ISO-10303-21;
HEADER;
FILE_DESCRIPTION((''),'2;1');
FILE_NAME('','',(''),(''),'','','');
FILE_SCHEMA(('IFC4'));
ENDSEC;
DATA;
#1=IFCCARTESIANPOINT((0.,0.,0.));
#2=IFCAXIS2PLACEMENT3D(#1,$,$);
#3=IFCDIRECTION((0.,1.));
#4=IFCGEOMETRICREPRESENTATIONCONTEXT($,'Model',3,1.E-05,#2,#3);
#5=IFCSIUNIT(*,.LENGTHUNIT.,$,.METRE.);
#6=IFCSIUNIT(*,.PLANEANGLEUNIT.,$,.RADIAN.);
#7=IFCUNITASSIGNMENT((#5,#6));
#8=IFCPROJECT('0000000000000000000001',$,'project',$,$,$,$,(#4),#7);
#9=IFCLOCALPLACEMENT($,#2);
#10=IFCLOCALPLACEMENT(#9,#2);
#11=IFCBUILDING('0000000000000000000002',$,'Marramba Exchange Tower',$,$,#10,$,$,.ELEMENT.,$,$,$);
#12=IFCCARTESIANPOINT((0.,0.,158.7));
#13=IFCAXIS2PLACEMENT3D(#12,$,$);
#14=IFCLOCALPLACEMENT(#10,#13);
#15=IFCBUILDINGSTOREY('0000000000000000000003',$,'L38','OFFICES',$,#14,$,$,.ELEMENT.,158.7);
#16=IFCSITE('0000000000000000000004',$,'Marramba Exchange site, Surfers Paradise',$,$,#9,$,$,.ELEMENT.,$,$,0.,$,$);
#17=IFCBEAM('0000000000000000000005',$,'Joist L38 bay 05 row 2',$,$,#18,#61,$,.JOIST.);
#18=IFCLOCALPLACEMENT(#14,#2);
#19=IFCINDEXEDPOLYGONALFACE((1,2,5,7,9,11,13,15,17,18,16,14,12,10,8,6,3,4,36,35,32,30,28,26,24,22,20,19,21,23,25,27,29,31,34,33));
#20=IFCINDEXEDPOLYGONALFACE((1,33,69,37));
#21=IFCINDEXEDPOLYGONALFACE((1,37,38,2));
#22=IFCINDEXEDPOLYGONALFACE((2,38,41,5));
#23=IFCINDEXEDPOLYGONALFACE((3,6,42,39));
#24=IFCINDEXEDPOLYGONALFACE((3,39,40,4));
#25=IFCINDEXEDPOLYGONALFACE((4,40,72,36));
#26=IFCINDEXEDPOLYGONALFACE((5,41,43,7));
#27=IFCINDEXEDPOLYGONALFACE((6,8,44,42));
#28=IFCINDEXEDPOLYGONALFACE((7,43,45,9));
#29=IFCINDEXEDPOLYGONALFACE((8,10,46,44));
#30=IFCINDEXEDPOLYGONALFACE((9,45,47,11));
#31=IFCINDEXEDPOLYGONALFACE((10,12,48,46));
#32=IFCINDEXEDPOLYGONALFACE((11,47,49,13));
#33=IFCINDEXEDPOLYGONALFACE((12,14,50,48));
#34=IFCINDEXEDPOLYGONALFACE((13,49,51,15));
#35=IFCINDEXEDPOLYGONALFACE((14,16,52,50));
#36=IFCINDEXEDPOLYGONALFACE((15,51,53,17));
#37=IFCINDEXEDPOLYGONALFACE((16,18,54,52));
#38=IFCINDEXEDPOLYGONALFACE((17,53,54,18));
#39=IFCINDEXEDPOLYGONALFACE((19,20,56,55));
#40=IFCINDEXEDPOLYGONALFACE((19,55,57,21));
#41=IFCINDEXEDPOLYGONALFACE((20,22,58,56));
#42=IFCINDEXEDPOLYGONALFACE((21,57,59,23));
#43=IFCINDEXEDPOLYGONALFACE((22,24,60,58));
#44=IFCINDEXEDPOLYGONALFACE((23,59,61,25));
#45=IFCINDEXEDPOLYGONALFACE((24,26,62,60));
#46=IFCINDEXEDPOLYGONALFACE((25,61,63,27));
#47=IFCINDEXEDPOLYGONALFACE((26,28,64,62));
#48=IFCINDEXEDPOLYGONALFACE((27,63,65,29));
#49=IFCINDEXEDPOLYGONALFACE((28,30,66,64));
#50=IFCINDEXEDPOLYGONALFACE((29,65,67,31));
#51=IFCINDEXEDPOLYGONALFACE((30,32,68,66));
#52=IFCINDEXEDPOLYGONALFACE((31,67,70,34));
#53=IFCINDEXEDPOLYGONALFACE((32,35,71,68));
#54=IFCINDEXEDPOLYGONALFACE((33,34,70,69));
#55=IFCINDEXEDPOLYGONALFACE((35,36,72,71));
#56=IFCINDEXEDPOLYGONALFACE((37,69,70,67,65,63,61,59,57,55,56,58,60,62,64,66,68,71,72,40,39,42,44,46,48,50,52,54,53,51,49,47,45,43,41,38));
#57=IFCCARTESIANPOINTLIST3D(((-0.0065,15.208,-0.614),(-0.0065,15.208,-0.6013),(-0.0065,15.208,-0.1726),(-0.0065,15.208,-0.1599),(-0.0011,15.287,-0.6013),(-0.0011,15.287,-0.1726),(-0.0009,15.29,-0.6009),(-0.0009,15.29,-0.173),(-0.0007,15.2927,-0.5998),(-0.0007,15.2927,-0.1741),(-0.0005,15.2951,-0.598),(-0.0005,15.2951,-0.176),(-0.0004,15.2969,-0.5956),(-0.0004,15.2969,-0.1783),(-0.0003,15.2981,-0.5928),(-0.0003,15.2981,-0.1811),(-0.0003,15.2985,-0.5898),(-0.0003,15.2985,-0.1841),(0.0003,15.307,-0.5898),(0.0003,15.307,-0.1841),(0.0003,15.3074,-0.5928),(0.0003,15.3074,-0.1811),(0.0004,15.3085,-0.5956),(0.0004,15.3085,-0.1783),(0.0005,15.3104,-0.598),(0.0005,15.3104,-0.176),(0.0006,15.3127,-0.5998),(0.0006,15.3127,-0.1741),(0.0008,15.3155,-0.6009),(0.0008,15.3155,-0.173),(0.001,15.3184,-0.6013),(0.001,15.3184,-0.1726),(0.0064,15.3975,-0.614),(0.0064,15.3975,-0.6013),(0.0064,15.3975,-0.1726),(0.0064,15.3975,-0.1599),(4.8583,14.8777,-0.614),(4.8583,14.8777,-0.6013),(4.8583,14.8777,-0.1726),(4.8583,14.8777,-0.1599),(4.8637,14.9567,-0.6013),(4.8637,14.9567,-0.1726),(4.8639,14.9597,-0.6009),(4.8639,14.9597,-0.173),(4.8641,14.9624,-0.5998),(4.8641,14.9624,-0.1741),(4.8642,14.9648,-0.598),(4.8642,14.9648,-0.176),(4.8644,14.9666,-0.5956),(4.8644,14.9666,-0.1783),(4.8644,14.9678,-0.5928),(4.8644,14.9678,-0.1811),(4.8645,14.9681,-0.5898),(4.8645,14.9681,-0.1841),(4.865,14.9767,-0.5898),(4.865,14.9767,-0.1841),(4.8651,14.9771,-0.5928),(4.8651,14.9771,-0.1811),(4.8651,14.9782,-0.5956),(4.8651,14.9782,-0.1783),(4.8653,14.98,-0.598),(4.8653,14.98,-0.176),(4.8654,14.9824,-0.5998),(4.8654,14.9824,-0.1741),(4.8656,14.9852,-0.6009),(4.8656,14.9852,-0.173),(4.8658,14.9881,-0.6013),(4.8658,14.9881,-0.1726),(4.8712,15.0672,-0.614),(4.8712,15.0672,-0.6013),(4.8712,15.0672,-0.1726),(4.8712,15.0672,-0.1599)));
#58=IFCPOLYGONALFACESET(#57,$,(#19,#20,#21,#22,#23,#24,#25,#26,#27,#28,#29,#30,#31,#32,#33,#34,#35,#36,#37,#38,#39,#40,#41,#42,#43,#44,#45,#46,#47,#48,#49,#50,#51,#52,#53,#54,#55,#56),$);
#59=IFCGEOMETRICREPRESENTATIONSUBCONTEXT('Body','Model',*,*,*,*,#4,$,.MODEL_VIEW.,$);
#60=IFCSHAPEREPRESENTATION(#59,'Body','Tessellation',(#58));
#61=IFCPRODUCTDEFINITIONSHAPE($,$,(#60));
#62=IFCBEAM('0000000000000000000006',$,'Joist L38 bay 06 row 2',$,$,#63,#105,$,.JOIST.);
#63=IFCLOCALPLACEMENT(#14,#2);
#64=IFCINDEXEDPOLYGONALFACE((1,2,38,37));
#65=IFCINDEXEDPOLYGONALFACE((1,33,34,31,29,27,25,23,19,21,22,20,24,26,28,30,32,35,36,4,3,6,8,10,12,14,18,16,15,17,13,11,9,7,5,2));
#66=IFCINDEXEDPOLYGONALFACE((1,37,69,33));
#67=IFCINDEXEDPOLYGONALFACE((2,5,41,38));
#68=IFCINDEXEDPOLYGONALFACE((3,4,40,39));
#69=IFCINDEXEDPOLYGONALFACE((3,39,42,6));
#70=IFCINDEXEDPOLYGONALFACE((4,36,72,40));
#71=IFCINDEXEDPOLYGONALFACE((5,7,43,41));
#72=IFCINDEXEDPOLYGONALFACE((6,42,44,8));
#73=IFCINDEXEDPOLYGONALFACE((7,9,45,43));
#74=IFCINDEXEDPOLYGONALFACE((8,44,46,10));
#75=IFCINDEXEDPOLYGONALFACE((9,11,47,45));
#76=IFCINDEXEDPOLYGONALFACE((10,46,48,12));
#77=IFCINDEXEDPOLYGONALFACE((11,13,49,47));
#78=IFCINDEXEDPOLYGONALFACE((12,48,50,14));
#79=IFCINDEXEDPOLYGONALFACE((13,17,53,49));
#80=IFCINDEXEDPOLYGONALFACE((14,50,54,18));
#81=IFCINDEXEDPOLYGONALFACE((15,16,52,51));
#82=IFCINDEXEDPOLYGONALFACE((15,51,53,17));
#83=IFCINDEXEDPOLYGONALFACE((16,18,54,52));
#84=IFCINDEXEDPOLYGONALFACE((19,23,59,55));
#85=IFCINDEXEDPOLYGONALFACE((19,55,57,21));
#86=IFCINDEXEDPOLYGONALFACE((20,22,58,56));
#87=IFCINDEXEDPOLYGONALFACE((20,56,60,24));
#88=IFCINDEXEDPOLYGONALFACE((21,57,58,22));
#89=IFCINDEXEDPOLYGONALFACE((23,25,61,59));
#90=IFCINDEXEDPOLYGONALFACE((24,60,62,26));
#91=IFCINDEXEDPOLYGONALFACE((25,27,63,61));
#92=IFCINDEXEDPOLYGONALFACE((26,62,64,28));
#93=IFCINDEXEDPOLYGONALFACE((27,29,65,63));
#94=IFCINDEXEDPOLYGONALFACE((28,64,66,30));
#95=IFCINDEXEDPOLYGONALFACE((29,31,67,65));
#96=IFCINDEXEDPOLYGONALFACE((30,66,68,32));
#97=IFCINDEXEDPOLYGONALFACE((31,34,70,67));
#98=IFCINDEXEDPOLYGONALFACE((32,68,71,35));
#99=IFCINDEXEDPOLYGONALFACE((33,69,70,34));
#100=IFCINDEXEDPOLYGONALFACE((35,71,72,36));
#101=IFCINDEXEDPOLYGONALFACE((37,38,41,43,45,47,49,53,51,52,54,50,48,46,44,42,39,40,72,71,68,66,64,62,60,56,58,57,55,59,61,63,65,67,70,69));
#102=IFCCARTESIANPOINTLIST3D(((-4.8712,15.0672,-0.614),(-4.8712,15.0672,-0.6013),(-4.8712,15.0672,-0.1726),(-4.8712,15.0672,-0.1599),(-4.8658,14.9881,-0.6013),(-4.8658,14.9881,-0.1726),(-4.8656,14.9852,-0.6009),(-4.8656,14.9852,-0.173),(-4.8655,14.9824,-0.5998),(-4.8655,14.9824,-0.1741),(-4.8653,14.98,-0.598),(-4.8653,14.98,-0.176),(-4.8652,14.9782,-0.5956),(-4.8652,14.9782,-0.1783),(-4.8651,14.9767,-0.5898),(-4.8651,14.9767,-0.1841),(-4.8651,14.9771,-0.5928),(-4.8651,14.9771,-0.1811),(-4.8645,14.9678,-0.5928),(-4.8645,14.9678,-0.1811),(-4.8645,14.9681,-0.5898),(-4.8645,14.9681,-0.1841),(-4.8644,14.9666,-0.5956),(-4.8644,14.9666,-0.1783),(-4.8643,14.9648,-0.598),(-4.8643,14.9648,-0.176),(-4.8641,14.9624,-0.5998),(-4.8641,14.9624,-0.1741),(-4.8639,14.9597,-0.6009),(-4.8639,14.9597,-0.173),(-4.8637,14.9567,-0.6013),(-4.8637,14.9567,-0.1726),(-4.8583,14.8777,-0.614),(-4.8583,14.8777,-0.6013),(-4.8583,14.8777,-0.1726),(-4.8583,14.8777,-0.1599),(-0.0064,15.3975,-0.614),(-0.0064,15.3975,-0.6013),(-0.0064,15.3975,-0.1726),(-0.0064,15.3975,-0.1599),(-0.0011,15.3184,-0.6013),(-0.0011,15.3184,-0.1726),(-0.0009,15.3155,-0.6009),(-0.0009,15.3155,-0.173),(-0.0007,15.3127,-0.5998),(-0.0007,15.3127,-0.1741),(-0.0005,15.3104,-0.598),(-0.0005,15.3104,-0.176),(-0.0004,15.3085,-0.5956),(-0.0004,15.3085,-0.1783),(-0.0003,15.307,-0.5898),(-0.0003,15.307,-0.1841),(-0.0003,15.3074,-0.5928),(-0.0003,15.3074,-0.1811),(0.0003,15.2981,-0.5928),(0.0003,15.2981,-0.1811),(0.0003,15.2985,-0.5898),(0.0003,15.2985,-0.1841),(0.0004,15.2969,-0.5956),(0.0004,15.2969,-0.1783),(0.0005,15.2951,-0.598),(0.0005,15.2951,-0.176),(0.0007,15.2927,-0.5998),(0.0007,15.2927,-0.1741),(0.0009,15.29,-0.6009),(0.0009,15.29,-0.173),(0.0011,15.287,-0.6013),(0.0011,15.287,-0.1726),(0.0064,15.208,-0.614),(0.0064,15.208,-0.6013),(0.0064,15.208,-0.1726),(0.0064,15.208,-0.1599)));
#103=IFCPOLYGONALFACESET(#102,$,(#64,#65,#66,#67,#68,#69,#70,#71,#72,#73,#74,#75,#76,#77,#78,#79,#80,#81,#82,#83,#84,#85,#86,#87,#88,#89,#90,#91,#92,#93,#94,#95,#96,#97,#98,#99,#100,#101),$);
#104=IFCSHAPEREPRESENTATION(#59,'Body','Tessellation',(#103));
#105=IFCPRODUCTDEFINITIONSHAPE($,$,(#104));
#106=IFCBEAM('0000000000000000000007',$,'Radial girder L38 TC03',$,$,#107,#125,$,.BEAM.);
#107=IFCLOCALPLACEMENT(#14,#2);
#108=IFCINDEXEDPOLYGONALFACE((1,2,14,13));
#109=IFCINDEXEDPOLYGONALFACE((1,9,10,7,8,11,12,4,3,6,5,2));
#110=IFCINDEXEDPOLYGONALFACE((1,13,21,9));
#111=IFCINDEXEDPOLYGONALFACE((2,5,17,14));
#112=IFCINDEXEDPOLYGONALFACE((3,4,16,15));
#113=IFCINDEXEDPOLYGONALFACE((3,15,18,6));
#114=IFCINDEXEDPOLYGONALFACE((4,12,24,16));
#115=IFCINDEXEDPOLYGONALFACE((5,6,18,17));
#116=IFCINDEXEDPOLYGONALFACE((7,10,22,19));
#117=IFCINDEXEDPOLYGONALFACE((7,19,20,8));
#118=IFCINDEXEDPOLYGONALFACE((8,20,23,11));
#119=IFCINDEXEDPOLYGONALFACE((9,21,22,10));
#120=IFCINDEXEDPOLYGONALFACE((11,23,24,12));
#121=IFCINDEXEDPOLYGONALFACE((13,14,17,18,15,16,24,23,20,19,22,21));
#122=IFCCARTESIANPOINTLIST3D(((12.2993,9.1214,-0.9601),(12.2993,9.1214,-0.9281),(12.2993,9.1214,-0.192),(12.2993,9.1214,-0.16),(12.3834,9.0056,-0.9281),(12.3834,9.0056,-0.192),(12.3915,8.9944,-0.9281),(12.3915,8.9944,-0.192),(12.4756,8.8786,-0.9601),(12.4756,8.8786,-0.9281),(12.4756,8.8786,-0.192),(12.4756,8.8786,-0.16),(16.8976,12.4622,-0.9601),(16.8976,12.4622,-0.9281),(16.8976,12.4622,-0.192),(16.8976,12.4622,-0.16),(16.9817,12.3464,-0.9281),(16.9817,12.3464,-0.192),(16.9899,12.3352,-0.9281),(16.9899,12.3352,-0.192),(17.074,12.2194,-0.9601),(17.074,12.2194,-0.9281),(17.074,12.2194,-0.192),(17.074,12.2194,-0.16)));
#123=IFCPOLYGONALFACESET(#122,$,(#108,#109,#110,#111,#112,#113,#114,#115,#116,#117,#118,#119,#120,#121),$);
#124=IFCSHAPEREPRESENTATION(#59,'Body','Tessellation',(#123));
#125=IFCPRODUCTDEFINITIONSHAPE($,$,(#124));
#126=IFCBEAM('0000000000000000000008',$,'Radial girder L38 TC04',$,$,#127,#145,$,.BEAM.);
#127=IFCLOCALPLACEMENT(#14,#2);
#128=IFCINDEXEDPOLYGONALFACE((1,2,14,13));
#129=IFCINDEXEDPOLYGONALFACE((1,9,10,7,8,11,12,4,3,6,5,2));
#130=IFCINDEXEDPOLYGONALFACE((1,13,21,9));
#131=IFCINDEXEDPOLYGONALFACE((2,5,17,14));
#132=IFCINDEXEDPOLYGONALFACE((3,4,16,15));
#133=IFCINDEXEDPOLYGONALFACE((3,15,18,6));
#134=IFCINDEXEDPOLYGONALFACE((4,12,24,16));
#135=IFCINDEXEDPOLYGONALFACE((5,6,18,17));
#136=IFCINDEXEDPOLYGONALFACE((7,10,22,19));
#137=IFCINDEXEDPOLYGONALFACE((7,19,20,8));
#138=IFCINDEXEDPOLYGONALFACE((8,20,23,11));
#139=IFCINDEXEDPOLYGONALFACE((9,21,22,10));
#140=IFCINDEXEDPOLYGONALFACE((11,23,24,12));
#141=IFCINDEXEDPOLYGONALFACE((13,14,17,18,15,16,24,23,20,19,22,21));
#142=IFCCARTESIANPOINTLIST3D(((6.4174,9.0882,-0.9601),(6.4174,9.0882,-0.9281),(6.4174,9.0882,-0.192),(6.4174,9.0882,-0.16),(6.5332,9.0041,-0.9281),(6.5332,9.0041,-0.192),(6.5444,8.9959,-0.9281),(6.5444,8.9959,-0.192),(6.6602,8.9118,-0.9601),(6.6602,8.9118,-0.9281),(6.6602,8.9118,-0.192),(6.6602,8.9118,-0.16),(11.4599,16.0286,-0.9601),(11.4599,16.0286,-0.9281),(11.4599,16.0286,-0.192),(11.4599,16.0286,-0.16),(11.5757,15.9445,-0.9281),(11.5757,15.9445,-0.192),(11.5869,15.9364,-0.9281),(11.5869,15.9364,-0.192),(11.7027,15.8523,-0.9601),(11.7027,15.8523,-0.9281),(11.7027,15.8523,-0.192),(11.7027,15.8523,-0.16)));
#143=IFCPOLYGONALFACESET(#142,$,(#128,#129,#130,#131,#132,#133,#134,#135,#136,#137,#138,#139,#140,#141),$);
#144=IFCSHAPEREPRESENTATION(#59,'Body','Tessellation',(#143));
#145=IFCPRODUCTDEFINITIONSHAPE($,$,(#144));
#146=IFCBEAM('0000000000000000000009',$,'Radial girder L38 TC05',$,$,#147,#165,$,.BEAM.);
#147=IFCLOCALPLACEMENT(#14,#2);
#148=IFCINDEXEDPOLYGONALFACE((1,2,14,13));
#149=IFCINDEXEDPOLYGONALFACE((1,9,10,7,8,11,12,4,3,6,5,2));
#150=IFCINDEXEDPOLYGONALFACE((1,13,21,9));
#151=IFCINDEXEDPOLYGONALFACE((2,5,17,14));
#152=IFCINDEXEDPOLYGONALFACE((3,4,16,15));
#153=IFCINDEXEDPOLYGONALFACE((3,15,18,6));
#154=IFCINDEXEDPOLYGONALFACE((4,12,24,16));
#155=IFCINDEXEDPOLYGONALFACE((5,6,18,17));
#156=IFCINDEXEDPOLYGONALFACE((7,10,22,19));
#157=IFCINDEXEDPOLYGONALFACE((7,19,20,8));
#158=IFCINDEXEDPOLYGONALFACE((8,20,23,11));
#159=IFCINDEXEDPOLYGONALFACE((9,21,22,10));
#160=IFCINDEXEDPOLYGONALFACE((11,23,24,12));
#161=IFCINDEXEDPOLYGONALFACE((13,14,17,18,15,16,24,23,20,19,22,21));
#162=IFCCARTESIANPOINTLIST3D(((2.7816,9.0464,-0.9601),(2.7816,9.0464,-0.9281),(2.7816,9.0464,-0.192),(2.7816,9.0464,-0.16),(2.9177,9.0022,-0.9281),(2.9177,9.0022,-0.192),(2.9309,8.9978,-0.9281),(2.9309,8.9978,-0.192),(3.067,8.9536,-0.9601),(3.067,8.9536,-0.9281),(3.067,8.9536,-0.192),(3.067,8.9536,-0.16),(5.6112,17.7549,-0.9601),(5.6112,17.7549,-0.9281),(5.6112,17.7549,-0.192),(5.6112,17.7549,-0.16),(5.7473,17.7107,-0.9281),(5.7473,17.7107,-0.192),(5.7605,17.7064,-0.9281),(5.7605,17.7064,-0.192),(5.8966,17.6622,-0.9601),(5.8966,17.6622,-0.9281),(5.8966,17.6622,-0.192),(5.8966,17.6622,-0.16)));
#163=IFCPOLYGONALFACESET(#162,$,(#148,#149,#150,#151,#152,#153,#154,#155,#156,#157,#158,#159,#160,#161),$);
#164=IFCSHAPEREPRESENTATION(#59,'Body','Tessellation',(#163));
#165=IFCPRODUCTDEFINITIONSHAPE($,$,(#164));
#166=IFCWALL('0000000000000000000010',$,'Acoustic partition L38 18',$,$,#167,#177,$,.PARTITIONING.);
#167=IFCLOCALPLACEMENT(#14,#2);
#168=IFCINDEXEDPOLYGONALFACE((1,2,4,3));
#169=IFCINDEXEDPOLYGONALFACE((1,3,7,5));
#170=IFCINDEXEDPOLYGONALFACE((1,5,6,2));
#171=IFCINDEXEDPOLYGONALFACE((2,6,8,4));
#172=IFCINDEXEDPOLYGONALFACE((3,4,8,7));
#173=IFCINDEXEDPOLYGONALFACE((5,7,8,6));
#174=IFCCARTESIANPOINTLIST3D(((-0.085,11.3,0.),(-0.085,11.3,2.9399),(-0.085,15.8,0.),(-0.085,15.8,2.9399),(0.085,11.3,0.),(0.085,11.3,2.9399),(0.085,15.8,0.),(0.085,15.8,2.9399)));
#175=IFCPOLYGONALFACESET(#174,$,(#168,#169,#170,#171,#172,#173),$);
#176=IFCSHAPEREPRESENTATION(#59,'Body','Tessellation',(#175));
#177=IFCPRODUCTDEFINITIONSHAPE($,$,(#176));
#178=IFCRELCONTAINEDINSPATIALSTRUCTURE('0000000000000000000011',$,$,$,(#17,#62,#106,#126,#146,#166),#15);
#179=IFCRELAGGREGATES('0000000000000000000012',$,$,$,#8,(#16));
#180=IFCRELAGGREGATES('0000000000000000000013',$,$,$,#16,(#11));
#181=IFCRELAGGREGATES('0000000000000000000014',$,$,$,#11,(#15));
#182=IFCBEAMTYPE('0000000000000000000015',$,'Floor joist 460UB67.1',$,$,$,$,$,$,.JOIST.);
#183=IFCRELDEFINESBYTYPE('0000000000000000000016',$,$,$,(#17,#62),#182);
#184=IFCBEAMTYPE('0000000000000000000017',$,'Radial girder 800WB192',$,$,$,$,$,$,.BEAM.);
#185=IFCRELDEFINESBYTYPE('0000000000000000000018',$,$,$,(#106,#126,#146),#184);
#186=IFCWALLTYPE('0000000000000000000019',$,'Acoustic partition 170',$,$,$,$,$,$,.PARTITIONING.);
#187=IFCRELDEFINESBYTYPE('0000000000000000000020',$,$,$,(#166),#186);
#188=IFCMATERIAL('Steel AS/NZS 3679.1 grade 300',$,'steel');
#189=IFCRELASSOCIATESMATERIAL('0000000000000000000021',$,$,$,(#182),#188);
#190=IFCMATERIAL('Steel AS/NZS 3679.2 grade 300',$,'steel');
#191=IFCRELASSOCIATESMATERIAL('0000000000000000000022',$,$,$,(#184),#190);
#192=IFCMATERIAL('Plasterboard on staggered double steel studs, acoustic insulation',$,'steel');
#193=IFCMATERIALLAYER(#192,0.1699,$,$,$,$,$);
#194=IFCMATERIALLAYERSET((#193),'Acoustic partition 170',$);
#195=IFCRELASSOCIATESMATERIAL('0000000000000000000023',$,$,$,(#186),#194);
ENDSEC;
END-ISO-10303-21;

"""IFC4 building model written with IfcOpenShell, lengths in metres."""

from ifc_helpers import new_model, si_unit, direction, frame, frame_2d, origin, origin_2d, place, context, subcontext, project, spatial, rectangle, i_section, extrude, material, layer, layer_set, material_profile, profile_set, type_object, element, save


model = new_model("IFC4")

# Units and contexts
model_context = context("Model", 3, precision=1e-05, world=origin(), true_north=direction((0.0, 1.0)))
body_context = subcontext(model_context, "Body", "Model", "MODEL_VIEW")
ifc_project = project(units=[si_unit("LENGTHUNIT", "METRE"), si_unit("PLANEANGLEUNIT", "RADIAN")], contexts=[model_context])

# Site, building, storey
site_placement = place(None, origin())
site = spatial("IfcSite", under=ifc_project, at=site_placement, Name="Marramba Exchange site, Surfers Paradise", CompositionType="ELEMENT", RefElevation=0.0)
building_placement = place(site_placement, origin())
building = spatial("IfcBuilding", under=site, at=building_placement, Name="Marramba Exchange Tower", CompositionType="ELEMENT")
storey_placement = place(building_placement, frame((0.0, 0.0, 158.7)))
storey = spatial("IfcBuildingStorey", under=building, at=storey_placement, Name="L38", Description="OFFICES", CompositionType="ELEMENT", Elevation=158.7)

# Beams
ifc_material_1 = material(Name="Steel AS/NZS 3679.1 grade 300", Category="steel")
ifc_material_profile_1 = material_profile(ifc_material_1, i_section(OverallWidth=0.1899, OverallDepth=0.4541, WebThickness=0.0085, FlangeThickness=0.0127, FilletRadius=0.0115, at=origin_2d()), Name="460UB67.1")
ifc_profile_set_1 = profile_set([ifc_material_profile_1], Name="Steel AS/NZS 3679.1 grade 300")
beam_type_1 = type_object("IfcBeamType", Name="Floor joist 460UB67.1", PredefinedType="JOIST", material=ifc_profile_set_1)
for number, where, z_axis, x_axis, name in (
    (1, (4.8647, 14.9724, -0.387), (-0.997703, 0.067745, 0.0), (-0.067745, -0.997703, 0.0), "Joist L38 bay 05 row 2"),
    (2, (0.0, 15.3027, -0.387), (-0.997703, -0.067745, 0.0), (0.067745, -0.997703, 0.0), "Joist L38 bay 06 row 2"),
):
    element("IfcBeam", number, at=place(storey_placement, frame(where, z_axis=z_axis, x_axis=x_axis)), inside=storey, type_object=beam_type_1, Name=name, PredefinedType="JOIST", context=body_context, shape_type="SweptSolid", body=[
        extrude(i_section(OverallWidth=0.1899, OverallDepth=0.4541, WebThickness=0.0085, FlangeThickness=0.0127, FilletRadius=0.0115, at=origin_2d()), origin(), (0.0, 0.0, 1.0), 4.876),
    ])
ifc_material_2 = material(Name="Steel AS/NZS 3679.2 grade 300", Category="steel")
ifc_material_profile_2 = material_profile(ifc_material_2, i_section(OverallWidth=0.3, OverallDepth=0.8, WebThickness=0.0139, FlangeThickness=0.032, at=origin_2d()), Name="800WB192")
ifc_profile_set_2 = profile_set([ifc_material_profile_2], Name="Steel AS/NZS 3679.2 grade 300")
beam_type_2 = type_object("IfcBeamType", Name="Radial girder 800WB192", PredefinedType="BEAM", material=ifc_profile_set_2)
beam_1_placement = place(storey_placement, frame((12.3875, 9.0, -0.5601), z_axis=(0.809026, 0.587773, 0.0), x_axis=(-0.587773, 0.809026, 0.0)))
element("IfcBeam", 3, at=beam_1_placement, inside=storey, type_object=beam_type_2, Name="Radial girder L38 TC03", PredefinedType="BEAM", context=body_context, shape_type="SweptSolid", body=[
    extrude(i_section(OverallWidth=0.3, OverallDepth=0.8, WebThickness=0.0139, FlangeThickness=0.032, at=origin_2d()), origin(), (0.0, 0.0, 1.0), 5.6838),
])
beam_2_placement = place(storey_placement, frame((6.5388, 9.0, -0.5601), z_axis=(0.587782, 0.809019, 0.0), x_axis=(-0.809019, 0.587782, 0.0)))
element("IfcBeam", 4, at=beam_2_placement, inside=storey, type_object=beam_type_2, Name="Radial girder L38 TC04", PredefinedType="BEAM", context=body_context, shape_type="SweptSolid", body=[
    extrude(i_section(OverallWidth=0.3, OverallDepth=0.8, WebThickness=0.0139, FlangeThickness=0.032, at=origin_2d()), origin(), (0.0, 0.0, 1.0), 8.5789),
])
beam_3_placement = place(storey_placement, frame((2.9243, 9.0, -0.5601), z_axis=(0.30902, 0.951056, 0.0), x_axis=(-0.951056, 0.30902, 0.0)))
element("IfcBeam", 5, at=beam_3_placement, inside=storey, type_object=beam_type_2, Name="Radial girder L38 TC05", PredefinedType="BEAM", context=body_context, shape_type="SweptSolid", body=[
    extrude(i_section(OverallWidth=0.3, OverallDepth=0.8, WebThickness=0.0139, FlangeThickness=0.032, at=origin_2d()), origin(), (0.0, 0.0, 1.0), 9.1567),
])

# Wall
ifc_material_3 = material(Name="Plasterboard on staggered double steel studs, acoustic insulation", Category="steel")
ifc_layer_1 = layer(ifc_material_3, 0.1699)
ifc_layer_set_1 = layer_set([ifc_layer_1], Name="Acoustic partition 170")
wall_type_1 = type_object("IfcWallType", Name="Acoustic partition 170", PredefinedType="PARTITIONING", material=ifc_layer_set_1)
wall_1_placement = place(storey_placement, frame((0.0, 15.8, 0.0), z_axis=(0.0, 0.0, 1.0), x_axis=(0.0, -1.0, 0.0)))
element("IfcWall", 6, at=wall_1_placement, inside=storey, type_object=wall_type_1, Name="Acoustic partition L38 18", PredefinedType="PARTITIONING", context=body_context, shape_type="SweptSolid", body=[
    extrude(rectangle(XDim=4.5, YDim=0.1699, at=frame_2d((2.25, 0.0))), origin(), (0.0, 0.0, 1.0), 2.9399),
])

save(model, "model.ifc")
